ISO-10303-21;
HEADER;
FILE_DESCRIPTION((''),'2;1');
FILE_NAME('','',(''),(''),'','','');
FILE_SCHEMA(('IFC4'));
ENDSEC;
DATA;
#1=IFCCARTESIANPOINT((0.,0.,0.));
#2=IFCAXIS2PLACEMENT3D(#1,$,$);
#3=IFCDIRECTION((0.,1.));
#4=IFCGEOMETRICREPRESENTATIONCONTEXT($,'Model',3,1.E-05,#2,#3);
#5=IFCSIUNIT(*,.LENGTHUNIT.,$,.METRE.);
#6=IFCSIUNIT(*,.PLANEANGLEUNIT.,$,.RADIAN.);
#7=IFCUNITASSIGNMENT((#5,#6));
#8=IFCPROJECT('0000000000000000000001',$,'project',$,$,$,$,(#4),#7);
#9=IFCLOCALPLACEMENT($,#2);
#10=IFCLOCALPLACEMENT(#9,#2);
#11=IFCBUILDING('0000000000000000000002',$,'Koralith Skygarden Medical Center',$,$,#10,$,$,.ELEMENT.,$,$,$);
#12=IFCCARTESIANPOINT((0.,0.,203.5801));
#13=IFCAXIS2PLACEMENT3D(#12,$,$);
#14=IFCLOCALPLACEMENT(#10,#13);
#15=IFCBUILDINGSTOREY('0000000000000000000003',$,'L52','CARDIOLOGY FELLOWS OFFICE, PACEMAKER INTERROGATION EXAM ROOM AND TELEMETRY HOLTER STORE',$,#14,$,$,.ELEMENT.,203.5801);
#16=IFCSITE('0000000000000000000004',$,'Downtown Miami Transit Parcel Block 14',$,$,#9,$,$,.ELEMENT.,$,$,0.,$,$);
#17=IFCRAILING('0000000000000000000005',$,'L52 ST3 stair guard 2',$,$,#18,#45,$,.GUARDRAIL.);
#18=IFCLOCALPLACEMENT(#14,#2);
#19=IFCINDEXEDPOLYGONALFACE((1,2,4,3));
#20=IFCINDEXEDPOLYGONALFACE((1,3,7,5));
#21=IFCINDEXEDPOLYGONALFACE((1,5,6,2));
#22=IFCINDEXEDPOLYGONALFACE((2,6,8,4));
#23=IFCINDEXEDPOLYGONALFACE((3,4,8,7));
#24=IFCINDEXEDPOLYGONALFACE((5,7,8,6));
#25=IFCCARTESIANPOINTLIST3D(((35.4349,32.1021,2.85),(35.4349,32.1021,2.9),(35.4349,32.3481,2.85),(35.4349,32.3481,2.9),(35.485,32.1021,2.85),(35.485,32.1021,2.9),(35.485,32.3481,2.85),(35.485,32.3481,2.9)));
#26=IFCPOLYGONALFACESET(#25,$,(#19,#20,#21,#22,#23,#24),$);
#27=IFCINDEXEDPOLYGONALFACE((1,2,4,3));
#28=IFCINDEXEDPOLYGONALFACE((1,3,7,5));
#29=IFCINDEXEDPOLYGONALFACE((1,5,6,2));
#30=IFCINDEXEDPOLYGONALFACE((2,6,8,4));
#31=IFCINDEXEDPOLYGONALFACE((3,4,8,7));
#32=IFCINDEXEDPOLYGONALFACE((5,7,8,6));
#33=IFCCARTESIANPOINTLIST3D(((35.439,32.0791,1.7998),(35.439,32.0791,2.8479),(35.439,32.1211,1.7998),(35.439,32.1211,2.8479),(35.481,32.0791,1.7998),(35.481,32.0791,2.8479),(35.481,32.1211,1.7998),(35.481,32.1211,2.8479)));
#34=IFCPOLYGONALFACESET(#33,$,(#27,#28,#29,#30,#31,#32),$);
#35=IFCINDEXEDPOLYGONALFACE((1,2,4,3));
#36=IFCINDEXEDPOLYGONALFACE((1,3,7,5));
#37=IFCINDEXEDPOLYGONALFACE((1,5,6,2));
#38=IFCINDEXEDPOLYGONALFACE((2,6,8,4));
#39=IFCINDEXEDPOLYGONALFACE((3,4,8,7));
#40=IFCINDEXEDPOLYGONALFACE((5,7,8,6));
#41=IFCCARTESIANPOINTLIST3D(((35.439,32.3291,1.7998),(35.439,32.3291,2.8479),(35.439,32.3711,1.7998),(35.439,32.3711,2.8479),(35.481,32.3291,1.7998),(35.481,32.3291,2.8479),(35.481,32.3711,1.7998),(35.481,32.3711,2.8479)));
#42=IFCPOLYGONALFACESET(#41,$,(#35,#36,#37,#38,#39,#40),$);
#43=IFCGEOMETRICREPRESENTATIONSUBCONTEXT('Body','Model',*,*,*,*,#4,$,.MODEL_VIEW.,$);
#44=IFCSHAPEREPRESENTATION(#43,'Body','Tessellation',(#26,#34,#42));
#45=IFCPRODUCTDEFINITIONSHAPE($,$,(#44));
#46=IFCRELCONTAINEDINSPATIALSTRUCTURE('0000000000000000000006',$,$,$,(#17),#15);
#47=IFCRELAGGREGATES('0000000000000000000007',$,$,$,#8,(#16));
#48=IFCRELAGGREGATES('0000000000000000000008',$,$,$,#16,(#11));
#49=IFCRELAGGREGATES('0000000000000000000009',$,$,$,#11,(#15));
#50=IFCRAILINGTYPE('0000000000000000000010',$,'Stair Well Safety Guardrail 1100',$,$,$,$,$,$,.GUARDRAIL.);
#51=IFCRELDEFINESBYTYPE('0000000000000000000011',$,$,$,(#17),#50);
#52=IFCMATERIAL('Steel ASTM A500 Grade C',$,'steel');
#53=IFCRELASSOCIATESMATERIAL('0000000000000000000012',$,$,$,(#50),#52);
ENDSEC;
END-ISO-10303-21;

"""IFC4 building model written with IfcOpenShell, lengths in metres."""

from ifc_helpers import new_model, si_unit, direction, frame, origin, origin_2d, place, context, subcontext, project, spatial, rectangle, extrude, material, type_object, element, save


model = new_model("IFC4")

# Units and contexts
model_context = context("Model", 3, precision=1e-05, world=origin(), true_north=direction((0.0, 1.0)))
body_context = subcontext(model_context, "Body", "Model", "MODEL_VIEW")
ifc_project = project(units=[si_unit("LENGTHUNIT", "METRE"), si_unit("PLANEANGLEUNIT", "RADIAN")], contexts=[model_context])

# Site, building, storey
site_placement = place(None, origin())
site = spatial("IfcSite", under=ifc_project, at=site_placement, Name="Downtown Miami Transit Parcel Block 14", CompositionType="ELEMENT", RefElevation=0.0)
building_placement = place(site_placement, origin())
building = spatial("IfcBuilding", under=site, at=building_placement, Name="Koralith Skygarden Medical Center", CompositionType="ELEMENT")
storey_placement = place(building_placement, frame((0.0, 0.0, 203.5801)))
storey = spatial("IfcBuildingStorey", under=building, at=storey_placement, Name="L52", Description="CARDIOLOGY FELLOWS OFFICE, PACEMAKER INTERROGATION EXAM ROOM AND TELEMETRY HOLTER STORE", CompositionType="ELEMENT", Elevation=203.5801)

# Shared definitions
ifc_material_1 = material(Name="Steel ASTM A500 Grade C", Category="steel")

# Railing
railing_type_1 = type_object("IfcRailingType", Name="Stair Well Safety Guardrail 1100", PredefinedType="GUARDRAIL", material=ifc_material_1)
railing_1_placement = place(storey_placement, frame((35.46, 32.1001, 1.7998)))
element("IfcRailing", 1, at=railing_1_placement, inside=storey, type_object=railing_type_1, Name="L52 ST3 stair guard 2", PredefinedType="GUARDRAIL", context=body_context, shape_type="SweptSolid", body=[
    extrude(rectangle(XDim=0.05, YDim=0.05, at=origin_2d()), frame((0.0, 0.002, 1.0752), z_axis=(0.0, 1.0, 0.0), x_axis=(-1.0, 0.0, 0.0)), (0.0, 0.0, 1.0), 0.2461),
    extrude(rectangle(XDim=0.042, YDim=0.042, at=origin_2d()), origin(), (0.0, 0.0, 1.0), 1.0481),
    extrude(rectangle(XDim=0.042, YDim=0.042, at=origin_2d()), frame((0.0, 0.25, 0.0)), (0.0, 0.0, 1.0), 1.0481),
])

save(model, "model.ifc")
